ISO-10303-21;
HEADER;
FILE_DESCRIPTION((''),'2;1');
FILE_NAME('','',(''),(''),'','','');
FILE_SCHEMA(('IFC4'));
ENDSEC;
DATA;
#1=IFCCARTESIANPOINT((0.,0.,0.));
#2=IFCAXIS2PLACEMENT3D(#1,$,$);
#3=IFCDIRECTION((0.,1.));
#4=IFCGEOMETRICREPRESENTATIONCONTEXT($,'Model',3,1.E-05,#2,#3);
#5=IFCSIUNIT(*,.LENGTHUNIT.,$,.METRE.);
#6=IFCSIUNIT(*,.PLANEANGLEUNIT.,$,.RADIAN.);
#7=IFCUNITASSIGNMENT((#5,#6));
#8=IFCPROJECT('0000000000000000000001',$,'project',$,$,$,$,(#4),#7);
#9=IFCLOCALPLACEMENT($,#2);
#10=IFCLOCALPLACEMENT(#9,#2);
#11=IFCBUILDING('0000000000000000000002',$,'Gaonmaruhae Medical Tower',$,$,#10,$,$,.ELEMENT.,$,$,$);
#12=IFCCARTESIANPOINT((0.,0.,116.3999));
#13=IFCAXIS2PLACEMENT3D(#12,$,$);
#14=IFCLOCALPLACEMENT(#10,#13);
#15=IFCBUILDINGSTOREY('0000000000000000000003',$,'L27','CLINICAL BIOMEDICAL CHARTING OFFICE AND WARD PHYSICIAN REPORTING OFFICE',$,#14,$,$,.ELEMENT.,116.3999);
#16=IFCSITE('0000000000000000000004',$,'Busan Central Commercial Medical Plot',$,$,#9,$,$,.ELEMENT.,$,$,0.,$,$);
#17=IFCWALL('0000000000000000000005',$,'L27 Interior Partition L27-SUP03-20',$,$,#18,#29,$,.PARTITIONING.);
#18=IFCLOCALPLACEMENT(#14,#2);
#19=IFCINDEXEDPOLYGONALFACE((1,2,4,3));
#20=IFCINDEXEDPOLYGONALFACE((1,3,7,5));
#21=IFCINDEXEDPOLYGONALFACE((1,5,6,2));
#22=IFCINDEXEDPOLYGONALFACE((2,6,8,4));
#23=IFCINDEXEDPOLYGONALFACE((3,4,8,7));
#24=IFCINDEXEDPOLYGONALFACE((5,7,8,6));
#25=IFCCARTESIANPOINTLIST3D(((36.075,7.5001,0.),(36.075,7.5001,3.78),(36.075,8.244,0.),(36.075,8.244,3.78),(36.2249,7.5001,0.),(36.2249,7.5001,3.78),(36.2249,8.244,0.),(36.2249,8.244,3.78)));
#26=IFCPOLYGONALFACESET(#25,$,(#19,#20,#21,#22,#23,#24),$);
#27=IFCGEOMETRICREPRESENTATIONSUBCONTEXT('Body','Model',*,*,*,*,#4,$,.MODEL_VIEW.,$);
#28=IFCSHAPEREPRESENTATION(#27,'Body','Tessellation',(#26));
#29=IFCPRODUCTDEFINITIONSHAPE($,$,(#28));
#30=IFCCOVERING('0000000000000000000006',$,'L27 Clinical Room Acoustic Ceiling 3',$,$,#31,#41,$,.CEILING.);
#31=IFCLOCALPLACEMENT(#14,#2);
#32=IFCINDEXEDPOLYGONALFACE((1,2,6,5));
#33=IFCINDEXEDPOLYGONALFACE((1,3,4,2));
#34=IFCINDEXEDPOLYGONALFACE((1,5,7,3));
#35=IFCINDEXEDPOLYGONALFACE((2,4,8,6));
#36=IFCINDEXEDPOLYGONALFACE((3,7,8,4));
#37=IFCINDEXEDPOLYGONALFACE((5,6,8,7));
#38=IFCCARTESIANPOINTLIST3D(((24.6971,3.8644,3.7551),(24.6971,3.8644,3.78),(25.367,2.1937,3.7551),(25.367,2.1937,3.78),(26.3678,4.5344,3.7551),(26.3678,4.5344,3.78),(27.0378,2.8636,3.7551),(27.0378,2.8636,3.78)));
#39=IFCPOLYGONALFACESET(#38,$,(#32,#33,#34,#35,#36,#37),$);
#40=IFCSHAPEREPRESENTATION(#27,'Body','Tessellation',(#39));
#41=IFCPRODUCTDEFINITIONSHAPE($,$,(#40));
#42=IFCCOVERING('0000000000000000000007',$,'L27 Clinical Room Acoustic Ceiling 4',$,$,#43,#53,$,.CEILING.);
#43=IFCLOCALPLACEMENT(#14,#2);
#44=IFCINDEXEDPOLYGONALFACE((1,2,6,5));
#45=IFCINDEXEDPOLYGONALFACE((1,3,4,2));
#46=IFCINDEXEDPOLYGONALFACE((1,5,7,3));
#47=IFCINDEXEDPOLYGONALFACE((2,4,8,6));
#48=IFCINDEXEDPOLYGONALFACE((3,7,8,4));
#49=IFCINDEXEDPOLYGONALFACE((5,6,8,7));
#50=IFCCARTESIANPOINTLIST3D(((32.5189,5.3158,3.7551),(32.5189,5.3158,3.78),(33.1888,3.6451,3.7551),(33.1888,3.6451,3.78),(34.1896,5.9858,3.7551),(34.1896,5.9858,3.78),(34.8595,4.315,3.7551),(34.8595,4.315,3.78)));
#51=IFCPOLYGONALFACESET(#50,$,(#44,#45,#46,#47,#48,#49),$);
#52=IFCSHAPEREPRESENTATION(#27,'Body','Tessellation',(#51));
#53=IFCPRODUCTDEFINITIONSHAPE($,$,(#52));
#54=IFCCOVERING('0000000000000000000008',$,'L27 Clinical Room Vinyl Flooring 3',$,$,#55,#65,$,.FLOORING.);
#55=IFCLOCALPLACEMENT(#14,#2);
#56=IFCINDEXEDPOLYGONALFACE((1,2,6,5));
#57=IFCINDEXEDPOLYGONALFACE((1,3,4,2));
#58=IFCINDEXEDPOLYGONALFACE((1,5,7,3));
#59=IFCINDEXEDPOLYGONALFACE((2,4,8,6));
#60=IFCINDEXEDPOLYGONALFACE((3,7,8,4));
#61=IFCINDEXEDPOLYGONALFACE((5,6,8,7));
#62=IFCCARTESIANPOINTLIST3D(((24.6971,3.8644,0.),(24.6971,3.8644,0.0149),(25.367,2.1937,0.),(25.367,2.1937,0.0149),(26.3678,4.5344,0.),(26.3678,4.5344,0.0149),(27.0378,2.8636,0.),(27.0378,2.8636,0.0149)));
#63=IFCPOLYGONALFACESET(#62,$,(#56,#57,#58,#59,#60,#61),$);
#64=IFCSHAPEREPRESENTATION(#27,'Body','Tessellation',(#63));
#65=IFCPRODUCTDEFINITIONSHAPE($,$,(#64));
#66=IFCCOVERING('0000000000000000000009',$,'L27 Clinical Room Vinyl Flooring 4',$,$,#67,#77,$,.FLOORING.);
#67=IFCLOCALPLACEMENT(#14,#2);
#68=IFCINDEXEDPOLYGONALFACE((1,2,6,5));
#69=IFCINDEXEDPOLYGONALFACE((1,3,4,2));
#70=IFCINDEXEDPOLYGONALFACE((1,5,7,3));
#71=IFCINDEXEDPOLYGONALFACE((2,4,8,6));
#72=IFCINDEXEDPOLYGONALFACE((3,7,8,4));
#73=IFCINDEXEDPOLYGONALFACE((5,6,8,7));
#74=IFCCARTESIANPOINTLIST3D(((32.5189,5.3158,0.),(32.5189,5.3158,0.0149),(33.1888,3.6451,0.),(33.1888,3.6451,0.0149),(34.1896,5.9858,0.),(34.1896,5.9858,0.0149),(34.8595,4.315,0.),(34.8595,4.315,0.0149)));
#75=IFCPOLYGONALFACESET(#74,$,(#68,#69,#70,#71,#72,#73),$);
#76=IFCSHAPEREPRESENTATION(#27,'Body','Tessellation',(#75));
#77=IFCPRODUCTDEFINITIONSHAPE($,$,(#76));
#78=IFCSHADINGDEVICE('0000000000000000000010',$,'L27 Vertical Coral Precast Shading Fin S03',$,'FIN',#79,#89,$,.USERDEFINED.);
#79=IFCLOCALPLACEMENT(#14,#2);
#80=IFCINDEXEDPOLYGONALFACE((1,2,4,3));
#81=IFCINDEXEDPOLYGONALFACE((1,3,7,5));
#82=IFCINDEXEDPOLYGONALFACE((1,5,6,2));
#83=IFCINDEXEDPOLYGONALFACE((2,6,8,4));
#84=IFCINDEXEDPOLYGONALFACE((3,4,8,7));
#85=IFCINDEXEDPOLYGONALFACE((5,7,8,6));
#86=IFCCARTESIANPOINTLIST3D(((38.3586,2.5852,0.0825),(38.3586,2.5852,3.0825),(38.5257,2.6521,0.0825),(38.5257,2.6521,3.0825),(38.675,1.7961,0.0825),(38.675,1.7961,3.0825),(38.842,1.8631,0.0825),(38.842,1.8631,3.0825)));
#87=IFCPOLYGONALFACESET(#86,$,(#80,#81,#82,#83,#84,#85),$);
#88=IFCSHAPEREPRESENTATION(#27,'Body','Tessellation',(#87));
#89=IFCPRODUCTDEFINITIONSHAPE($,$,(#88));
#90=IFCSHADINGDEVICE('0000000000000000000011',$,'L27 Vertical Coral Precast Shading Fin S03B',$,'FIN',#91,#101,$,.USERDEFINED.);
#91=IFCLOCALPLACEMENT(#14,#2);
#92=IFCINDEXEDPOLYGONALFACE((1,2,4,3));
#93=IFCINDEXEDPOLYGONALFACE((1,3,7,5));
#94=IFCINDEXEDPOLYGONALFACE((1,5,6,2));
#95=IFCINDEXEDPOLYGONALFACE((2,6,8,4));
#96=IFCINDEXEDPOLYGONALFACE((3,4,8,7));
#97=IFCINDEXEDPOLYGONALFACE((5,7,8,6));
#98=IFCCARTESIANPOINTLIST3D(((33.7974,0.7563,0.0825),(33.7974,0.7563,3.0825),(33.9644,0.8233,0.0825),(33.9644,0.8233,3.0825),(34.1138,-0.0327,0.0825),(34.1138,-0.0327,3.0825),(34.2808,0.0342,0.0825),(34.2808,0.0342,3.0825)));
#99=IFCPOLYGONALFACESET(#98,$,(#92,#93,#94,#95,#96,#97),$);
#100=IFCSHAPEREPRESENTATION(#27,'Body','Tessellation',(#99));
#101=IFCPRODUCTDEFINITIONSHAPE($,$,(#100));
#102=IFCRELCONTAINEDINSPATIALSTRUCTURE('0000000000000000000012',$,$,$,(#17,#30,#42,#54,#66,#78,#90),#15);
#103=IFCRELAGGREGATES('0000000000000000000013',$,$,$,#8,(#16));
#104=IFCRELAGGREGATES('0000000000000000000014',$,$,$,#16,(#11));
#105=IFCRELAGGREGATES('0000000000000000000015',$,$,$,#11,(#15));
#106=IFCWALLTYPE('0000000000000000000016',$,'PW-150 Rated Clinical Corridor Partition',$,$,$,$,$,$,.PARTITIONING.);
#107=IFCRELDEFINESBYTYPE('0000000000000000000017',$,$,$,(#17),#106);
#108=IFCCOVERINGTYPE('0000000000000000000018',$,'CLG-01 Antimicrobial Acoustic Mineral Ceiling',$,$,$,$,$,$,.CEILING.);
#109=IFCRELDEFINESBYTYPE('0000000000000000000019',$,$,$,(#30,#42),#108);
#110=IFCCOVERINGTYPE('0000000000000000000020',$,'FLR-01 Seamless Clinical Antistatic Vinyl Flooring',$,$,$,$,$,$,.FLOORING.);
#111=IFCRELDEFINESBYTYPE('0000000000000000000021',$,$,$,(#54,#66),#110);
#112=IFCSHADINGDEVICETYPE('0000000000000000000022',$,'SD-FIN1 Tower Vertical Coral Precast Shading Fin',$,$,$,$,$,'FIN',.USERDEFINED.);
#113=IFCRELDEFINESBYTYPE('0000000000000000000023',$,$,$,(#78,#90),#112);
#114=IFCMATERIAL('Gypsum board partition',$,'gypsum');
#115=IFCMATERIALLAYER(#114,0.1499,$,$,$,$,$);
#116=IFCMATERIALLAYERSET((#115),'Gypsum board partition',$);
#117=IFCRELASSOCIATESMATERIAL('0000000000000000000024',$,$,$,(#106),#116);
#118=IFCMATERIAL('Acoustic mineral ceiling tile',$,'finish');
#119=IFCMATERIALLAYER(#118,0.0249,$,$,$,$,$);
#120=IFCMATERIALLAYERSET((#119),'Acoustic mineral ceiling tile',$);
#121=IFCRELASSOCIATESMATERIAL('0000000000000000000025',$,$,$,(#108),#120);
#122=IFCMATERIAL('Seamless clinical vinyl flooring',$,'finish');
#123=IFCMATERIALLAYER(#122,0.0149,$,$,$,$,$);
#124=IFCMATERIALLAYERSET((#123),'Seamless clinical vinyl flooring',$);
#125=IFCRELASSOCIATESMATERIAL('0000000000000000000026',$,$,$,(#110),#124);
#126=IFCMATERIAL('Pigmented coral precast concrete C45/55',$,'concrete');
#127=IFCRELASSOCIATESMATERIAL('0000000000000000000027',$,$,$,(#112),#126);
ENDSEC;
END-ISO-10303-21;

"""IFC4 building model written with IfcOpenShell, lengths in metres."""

from ifc_helpers import new_model, si_unit, direction, frame, frame_2d, origin, origin_2d, place, context, subcontext, project, spatial, rectangle, extrude, material, layer, layer_set, type_object, element, save


model = new_model("IFC4")

# Units and contexts
model_context = context("Model", 3, precision=1e-05, world=origin(), true_north=direction((0.0, 1.0)))
body_context = subcontext(model_context, "Body", "Model", "MODEL_VIEW")
ifc_project = project(units=[si_unit("LENGTHUNIT", "METRE"), si_unit("PLANEANGLEUNIT", "RADIAN")], contexts=[model_context])

# Site, building, storey
site_placement = place(None, origin())
site = spatial("IfcSite", under=ifc_project, at=site_placement, Name="Busan Central Commercial Medical Plot", CompositionType="ELEMENT", RefElevation=0.0)
building_placement = place(site_placement, origin())
building = spatial("IfcBuilding", under=site, at=building_placement, Name="Gaonmaruhae Medical Tower", CompositionType="ELEMENT")
storey_placement = place(building_placement, frame((0.0, 0.0, 116.3999)))
storey = spatial("IfcBuildingStorey", under=building, at=storey_placement, Name="L27", Description="CLINICAL BIOMEDICAL CHARTING OFFICE AND WARD PHYSICIAN REPORTING OFFICE", CompositionType="ELEMENT", Elevation=116.3999)

# Shared definitions
ifc_material_1 = material(Name="Gypsum board partition", Category="gypsum")
ifc_layer_1 = layer(ifc_material_1, 0.1499)
ifc_layer_set_1 = layer_set([ifc_layer_1], Name="Gypsum board partition")
wall_type_1 = type_object("IfcWallType", Name="PW-150 Rated Clinical Corridor Partition", PredefinedType="PARTITIONING", material=ifc_layer_set_1)

# Wall
wall_1_placement = place(storey_placement, frame((36.1499, 7.5, 0.0), z_axis=(0.0, 0.0, 1.0), x_axis=(0.0, 1.0, 0.0)))
element("IfcWall", 1, at=wall_1_placement, inside=storey, type_object=wall_type_1, Name="L27 Interior Partition L27-SUP03-20", PredefinedType="PARTITIONING", context=body_context, shape_type="SweptSolid", body=[
    extrude(rectangle(XDim=0.7439, YDim=0.1499, at=frame_2d((0.3721, 0.0))), origin(), (0.0, 0.0, 1.0), 3.78),
])

# Coverings
ifc_material_2 = material(Name="Acoustic mineral ceiling tile", Category="finish")
ifc_layer_2 = layer(ifc_material_2, 0.0249)
ifc_layer_set_2 = layer_set([ifc_layer_2], Name="Acoustic mineral ceiling tile")
covering_type_1 = type_object("IfcCoveringType", Name="CLG-01 Antimicrobial Acoustic Mineral Ceiling", PredefinedType="CEILING", material=ifc_layer_set_2)
for number, where, z_axis, x_axis, name in (
    (2, (25.8674, 3.364, 3.7551), (0.0, 0.0, 1.0), (0.928161, 0.372178, 0.0), "L27 Clinical Room Acoustic Ceiling 3"),
    (3, (33.6892, 4.8154, 3.7551), (0.0, 0.0, 1.0), (0.928161, 0.372178, 0.0), "L27 Clinical Room Acoustic Ceiling 4"),
):
    element("IfcCovering", number, at=place(storey_placement, frame(where, z_axis=z_axis, x_axis=x_axis)), inside=storey, type_object=covering_type_1, Name=name, PredefinedType="CEILING", context=body_context, shape_type="SweptSolid", body=[
        extrude(rectangle(XDim=1.8, YDim=1.8, at=origin_2d()), origin(), (0.0, 0.0, 1.0), 0.0249),
    ])
ifc_material_3 = material(Name="Seamless clinical vinyl flooring", Category="finish")
ifc_layer_3 = layer(ifc_material_3, 0.0149)
ifc_layer_set_3 = layer_set([ifc_layer_3], Name="Seamless clinical vinyl flooring")
covering_type_2 = type_object("IfcCoveringType", Name="FLR-01 Seamless Clinical Antistatic Vinyl Flooring", PredefinedType="FLOORING", material=ifc_layer_set_3)
for number, where, z_axis, x_axis, name in (
    (4, (25.8674, 3.364, 0.0), (0.0, 0.0, 1.0), (0.928161, 0.372178, 0.0), "L27 Clinical Room Vinyl Flooring 3"),
    (5, (33.6892, 4.8154, 0.0), (0.0, 0.0, 1.0), (0.928161, 0.372178, 0.0), "L27 Clinical Room Vinyl Flooring 4"),
):
    element("IfcCovering", number, at=place(storey_placement, frame(where, z_axis=z_axis, x_axis=x_axis)), inside=storey, type_object=covering_type_2, Name=name, PredefinedType="FLOORING", context=body_context, shape_type="SweptSolid", body=[
        extrude(rectangle(XDim=1.8, YDim=1.8, at=origin_2d()), origin(), (0.0, 0.0, 1.0), 0.0149),
    ])

# Shading devices
ifc_material_4 = material(Name="Pigmented coral precast concrete C45/55", Category="concrete")
shading_device_type = type_object("IfcShadingDeviceType", Name="SD-FIN1 Tower Vertical Coral Precast Shading Fin", ElementType="FIN", PredefinedType="USERDEFINED", material=ifc_material_4)
for number, where, z_axis, x_axis, name in (
    (6, (38.6003, 2.2241, 0.0825), (0.0, 0.0, 1.0), (-0.928161, -0.372178, 0.0), "L27 Vertical Coral Precast Shading Fin S03"),
    (7, (34.0391, 0.3953, 0.0825), (0.0, 0.0, 1.0), (-0.928161, -0.372178, 0.0), "L27 Vertical Coral Precast Shading Fin S03B"),
):
    element("IfcShadingDevice", number, at=place(storey_placement, frame(where, z_axis=z_axis, x_axis=x_axis)), inside=storey, type_object=shading_device_type, Name=name, ObjectType="FIN", PredefinedType="USERDEFINED", context=body_context, shape_type="SweptSolid", body=[
        extrude(rectangle(XDim=0.1799, YDim=0.8501, at=origin_2d()), origin(), (0.0, 0.0, 1.0), 3.0),
    ])

save(model, "model.ifc")
